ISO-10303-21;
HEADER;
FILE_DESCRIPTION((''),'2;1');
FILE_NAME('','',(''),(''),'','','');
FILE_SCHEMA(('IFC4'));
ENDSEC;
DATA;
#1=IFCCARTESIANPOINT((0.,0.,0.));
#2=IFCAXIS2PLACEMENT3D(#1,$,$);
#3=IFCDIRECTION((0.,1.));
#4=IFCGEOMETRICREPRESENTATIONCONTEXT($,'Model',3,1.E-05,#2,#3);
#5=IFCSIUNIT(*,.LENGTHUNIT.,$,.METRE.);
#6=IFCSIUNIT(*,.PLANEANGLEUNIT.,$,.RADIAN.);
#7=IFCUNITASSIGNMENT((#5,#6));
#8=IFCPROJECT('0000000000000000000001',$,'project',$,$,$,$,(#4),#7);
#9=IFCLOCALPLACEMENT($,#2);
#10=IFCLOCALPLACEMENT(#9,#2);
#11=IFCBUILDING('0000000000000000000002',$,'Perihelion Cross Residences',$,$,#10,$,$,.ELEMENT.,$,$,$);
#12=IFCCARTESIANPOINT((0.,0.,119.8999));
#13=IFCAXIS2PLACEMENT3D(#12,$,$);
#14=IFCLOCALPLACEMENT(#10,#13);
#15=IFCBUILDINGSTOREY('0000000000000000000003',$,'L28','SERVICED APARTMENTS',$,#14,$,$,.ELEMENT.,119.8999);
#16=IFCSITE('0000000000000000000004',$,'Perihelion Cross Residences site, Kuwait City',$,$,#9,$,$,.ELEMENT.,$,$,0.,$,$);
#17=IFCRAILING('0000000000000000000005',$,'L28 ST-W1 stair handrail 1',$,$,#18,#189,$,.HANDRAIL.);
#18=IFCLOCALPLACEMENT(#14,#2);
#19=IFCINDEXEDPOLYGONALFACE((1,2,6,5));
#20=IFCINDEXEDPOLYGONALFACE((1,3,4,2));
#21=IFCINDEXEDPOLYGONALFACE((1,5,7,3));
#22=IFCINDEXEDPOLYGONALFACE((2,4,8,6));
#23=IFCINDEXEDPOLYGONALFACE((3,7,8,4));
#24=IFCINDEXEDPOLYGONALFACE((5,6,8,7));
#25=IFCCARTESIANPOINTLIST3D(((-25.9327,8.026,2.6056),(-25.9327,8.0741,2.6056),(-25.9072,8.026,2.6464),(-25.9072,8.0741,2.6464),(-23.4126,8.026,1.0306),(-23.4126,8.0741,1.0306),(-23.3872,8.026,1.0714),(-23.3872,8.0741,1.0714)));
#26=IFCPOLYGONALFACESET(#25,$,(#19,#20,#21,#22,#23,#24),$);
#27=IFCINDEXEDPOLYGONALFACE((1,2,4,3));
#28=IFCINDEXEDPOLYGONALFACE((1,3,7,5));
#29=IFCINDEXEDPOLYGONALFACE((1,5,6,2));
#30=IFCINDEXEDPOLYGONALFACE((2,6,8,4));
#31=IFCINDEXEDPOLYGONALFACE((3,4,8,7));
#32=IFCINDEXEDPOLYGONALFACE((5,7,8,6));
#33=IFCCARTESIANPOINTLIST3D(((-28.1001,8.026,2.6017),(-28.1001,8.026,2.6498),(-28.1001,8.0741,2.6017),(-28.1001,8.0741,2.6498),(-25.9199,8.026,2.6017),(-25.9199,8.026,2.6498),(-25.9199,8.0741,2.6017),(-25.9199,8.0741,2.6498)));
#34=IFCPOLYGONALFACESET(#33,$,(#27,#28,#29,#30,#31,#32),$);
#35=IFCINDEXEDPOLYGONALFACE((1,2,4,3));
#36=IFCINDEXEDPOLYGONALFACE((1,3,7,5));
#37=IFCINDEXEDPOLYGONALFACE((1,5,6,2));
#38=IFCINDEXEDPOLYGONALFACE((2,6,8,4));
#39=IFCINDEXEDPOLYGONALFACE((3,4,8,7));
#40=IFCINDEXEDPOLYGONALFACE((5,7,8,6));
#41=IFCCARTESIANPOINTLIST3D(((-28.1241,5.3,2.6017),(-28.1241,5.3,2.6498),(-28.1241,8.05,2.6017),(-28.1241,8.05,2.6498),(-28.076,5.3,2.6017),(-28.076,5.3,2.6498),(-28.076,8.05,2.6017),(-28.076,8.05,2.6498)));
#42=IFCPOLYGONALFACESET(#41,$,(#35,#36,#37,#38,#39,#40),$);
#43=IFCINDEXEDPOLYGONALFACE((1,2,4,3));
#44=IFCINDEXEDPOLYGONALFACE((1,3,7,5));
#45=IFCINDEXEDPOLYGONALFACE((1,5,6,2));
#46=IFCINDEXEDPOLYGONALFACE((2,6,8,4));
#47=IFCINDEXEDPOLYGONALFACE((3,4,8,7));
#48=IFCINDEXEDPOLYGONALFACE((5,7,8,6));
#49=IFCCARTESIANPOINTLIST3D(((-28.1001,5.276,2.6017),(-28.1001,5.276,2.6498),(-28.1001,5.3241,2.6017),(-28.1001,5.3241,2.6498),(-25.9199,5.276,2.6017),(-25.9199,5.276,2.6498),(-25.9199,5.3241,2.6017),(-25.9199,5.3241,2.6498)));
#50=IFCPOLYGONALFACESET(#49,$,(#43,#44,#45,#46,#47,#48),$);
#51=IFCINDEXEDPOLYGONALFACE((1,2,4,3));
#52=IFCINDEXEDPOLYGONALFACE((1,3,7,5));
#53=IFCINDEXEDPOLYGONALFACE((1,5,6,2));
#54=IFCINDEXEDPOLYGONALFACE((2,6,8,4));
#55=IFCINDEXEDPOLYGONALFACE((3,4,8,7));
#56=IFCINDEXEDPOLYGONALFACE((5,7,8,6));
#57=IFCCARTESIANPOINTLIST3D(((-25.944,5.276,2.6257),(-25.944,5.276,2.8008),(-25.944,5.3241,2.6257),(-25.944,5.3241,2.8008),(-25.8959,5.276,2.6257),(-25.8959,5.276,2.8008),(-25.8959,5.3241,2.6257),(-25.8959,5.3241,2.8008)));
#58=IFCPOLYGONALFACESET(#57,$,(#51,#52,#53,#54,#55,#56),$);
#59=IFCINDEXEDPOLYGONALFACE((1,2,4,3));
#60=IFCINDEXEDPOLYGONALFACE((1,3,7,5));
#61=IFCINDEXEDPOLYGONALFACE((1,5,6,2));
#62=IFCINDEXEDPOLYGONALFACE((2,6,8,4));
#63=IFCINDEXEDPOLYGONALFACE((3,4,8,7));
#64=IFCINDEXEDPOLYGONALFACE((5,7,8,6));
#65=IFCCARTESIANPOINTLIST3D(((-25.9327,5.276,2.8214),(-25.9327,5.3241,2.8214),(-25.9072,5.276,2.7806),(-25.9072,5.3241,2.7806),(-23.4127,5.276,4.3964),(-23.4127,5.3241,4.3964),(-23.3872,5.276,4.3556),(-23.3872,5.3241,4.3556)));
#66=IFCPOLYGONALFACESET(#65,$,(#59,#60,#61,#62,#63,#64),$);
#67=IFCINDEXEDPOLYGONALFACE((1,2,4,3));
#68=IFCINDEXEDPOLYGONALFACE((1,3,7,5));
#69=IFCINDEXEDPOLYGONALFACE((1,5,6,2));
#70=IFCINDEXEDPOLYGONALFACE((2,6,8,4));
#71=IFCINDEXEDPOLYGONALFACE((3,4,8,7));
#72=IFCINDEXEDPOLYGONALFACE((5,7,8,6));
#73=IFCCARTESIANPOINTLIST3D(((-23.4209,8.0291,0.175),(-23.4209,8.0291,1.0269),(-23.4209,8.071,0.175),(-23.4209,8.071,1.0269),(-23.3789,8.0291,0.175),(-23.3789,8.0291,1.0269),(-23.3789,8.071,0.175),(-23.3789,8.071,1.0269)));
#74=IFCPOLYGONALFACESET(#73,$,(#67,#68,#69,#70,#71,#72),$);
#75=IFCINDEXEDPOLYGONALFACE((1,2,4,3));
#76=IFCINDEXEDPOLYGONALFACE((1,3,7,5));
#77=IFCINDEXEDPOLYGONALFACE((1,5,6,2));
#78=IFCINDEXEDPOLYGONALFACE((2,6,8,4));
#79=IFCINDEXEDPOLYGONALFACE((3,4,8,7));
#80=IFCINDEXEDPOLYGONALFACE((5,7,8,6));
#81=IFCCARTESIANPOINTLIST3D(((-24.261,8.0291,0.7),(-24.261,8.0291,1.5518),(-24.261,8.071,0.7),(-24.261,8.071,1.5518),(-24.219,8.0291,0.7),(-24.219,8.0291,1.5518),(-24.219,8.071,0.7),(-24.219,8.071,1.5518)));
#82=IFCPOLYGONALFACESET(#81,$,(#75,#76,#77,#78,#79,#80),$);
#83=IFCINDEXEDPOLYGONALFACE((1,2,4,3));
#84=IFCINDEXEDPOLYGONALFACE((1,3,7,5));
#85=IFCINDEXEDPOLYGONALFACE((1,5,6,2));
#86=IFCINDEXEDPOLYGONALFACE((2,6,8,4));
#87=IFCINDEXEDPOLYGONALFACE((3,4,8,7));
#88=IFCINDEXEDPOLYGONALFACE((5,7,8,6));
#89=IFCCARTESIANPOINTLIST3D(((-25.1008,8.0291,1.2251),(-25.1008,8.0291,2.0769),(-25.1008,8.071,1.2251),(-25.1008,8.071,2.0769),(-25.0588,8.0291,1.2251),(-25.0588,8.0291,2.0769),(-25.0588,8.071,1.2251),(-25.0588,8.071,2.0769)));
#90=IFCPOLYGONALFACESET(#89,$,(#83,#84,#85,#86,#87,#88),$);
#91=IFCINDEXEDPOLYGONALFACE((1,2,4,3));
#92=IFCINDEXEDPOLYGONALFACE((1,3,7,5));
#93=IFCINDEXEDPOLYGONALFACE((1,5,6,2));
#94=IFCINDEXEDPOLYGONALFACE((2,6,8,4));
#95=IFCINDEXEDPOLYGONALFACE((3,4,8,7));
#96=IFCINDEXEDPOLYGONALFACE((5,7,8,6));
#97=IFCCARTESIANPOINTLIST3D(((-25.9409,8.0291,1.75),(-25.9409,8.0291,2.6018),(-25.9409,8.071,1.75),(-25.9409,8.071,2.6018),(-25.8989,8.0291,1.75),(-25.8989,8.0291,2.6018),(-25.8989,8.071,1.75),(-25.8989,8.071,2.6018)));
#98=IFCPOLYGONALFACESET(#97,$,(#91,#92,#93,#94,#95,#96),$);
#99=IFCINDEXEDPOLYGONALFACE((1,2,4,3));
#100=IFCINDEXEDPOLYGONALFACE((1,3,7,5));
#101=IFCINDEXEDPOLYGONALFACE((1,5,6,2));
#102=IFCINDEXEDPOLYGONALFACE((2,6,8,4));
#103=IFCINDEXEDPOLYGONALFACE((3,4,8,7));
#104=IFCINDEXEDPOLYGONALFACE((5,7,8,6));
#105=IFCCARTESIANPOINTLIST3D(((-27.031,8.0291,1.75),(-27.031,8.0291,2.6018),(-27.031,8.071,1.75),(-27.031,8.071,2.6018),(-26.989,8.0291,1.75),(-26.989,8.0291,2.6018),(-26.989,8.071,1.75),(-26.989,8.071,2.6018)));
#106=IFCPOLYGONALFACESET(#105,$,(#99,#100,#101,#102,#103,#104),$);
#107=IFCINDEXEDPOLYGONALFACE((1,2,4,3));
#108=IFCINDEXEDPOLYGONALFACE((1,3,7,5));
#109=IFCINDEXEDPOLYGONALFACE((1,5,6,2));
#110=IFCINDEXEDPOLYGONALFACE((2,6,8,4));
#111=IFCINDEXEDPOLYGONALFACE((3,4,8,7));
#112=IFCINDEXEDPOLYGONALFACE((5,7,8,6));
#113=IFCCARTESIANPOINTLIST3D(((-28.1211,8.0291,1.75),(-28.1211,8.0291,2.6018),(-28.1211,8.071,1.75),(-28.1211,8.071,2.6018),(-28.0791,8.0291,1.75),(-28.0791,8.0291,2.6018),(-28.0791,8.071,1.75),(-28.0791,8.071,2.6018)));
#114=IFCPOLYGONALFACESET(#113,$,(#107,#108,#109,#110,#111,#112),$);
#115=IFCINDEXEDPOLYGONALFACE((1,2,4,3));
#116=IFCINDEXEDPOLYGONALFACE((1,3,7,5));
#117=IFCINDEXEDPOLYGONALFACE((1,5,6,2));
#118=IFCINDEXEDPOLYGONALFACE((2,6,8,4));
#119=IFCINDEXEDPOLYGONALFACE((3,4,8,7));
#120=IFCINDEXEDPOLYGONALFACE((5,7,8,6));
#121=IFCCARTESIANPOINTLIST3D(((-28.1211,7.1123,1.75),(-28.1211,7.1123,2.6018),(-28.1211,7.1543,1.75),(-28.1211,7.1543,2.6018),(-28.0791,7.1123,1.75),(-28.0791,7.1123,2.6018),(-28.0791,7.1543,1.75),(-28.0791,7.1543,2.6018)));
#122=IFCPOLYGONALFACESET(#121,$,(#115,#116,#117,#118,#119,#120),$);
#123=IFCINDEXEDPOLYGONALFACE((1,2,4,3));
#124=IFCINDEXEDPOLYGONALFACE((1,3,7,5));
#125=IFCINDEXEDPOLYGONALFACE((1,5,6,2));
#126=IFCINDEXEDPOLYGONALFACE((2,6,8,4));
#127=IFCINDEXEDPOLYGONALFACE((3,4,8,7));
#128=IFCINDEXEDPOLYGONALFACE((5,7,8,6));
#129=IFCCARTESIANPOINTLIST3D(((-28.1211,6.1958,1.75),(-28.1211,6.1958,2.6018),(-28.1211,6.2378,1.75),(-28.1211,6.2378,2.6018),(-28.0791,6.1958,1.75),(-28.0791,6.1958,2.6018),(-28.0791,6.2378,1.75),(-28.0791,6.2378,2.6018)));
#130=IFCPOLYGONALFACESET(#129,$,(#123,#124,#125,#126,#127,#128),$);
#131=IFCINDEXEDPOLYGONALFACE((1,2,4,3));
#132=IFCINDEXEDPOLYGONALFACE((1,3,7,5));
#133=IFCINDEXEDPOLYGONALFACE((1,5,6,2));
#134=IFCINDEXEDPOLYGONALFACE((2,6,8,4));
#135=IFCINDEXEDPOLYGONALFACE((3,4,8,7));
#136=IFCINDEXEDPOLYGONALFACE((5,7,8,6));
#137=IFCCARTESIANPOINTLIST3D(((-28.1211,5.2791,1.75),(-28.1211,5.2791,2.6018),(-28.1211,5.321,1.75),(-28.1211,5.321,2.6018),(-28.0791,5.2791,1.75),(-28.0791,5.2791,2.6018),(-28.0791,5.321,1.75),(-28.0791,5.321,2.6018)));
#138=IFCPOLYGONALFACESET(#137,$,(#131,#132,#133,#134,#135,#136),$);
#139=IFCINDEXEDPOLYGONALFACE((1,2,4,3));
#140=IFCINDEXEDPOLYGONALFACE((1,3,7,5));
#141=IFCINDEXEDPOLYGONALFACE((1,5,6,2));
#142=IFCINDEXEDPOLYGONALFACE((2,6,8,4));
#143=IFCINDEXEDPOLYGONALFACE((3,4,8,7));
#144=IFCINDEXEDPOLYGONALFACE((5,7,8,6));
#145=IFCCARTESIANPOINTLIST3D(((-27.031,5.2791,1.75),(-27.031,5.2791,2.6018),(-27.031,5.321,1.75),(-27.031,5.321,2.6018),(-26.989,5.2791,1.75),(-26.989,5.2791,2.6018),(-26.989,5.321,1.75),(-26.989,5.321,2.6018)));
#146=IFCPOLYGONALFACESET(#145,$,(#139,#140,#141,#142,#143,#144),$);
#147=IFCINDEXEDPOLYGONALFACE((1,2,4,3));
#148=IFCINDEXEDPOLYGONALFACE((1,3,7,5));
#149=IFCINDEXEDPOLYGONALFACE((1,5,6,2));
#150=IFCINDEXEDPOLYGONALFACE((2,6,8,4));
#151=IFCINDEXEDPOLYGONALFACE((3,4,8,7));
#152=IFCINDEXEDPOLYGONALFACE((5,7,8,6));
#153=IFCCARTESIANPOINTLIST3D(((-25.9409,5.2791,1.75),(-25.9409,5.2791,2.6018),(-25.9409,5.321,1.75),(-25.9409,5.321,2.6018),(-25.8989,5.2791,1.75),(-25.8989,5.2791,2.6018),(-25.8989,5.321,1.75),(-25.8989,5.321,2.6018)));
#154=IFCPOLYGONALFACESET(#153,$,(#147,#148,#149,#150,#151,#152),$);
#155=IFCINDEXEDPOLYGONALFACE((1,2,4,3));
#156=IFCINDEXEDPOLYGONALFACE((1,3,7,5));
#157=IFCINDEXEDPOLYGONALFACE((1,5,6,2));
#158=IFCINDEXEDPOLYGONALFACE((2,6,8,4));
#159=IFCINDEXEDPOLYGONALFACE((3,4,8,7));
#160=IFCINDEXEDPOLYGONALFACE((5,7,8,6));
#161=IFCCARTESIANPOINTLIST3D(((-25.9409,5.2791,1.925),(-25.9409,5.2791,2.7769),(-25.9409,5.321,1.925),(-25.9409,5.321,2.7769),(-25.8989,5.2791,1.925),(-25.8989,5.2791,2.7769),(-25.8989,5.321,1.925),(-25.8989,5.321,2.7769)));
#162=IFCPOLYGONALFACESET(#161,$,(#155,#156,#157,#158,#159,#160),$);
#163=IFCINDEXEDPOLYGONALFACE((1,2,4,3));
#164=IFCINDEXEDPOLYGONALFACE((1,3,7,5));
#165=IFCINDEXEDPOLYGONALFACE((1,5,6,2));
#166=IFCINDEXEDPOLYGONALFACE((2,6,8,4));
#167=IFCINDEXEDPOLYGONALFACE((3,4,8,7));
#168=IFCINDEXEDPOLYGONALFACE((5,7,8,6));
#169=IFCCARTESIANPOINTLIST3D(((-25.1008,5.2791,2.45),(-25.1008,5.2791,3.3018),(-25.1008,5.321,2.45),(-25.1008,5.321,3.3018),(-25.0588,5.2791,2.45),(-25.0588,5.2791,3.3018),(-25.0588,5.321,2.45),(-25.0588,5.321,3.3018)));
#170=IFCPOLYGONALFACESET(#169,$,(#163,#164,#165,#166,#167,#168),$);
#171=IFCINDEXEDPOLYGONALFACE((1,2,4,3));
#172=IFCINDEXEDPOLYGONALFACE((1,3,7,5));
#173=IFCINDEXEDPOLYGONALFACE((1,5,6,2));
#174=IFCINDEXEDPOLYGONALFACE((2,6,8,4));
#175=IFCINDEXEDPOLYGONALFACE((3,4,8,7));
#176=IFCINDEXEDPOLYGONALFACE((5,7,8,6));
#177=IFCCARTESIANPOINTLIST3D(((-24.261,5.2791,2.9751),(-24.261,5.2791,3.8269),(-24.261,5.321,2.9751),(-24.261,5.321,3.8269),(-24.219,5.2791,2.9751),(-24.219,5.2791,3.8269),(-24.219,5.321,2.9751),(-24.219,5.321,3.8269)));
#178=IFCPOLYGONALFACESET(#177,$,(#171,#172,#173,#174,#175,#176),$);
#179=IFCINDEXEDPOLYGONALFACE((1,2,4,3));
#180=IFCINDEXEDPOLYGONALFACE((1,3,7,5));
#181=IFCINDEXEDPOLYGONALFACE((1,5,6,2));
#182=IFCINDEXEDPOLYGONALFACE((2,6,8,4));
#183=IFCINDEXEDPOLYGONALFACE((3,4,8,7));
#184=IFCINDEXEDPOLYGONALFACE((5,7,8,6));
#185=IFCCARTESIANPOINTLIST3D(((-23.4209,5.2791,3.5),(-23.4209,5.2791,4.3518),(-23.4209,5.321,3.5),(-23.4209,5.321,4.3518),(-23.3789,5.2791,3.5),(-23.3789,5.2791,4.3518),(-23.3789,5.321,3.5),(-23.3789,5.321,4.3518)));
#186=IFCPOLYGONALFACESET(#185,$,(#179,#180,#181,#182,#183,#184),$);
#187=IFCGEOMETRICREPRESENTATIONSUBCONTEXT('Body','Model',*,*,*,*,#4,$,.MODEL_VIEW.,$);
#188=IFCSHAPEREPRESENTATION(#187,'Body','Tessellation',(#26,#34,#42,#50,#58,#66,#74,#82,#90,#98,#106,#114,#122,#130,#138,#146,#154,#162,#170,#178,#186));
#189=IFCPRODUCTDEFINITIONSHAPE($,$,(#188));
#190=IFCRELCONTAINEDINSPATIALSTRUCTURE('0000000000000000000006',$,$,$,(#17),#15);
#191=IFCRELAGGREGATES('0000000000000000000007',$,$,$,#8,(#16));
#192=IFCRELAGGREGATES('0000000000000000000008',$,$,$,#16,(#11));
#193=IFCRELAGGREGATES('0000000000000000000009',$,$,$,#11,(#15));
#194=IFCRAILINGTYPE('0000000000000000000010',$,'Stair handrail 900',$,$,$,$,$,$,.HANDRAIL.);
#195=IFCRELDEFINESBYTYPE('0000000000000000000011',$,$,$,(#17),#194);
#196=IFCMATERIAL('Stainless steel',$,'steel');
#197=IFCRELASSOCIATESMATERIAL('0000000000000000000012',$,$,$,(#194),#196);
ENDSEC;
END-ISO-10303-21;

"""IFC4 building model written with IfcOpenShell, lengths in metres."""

from ifc_helpers import new_model, si_unit, direction, frame, origin, origin_2d, place, context, subcontext, project, spatial, rectangle, extrude, material, type_object, element, save


model = new_model("IFC4")

# Units and contexts
model_context = context("Model", 3, precision=1e-05, world=origin(), true_north=direction((0.0, 1.0)))
body_context = subcontext(model_context, "Body", "Model", "MODEL_VIEW")
ifc_project = project(units=[si_unit("LENGTHUNIT", "METRE"), si_unit("PLANEANGLEUNIT", "RADIAN")], contexts=[model_context])

# Site, building, storey
site_placement = place(None, origin())
site = spatial("IfcSite", under=ifc_project, at=site_placement, Name="Perihelion Cross Residences site, Kuwait City", CompositionType="ELEMENT", RefElevation=0.0)
building_placement = place(site_placement, origin())
building = spatial("IfcBuilding", under=site, at=building_placement, Name="Perihelion Cross Residences", CompositionType="ELEMENT")
storey_placement = place(building_placement, frame((0.0, 0.0, 119.8999)))
storey = spatial("IfcBuildingStorey", under=building, at=storey_placement, Name="L28", Description="SERVICED APARTMENTS", CompositionType="ELEMENT", Elevation=119.8999)

# Railing
ifc_material_1 = material(Name="Stainless steel", Category="steel")
railing_type_1 = type_object("IfcRailingType", Name="Stair handrail 900", PredefinedType="HANDRAIL", material=ifc_material_1)
railing_1_placement = place(storey_placement, frame((-23.3999, 8.05, 0.175)))
element("IfcRailing", 1, at=railing_1_placement, inside=storey, type_object=railing_type_1, Name="L28 ST-W1 stair handrail 1", PredefinedType="HANDRAIL", context=body_context, shape_type="SweptSolid", body=[
    extrude(rectangle(XDim=0.0481, YDim=0.0481, at=origin_2d()), frame((0.0, 0.0, 0.876), z_axis=(-0.848008, 0.0, 0.529984), x_axis=(0.0, -1.0, 0.0)), (0.0, 0.0, 1.0), 2.9717),
    extrude(rectangle(XDim=0.0481, YDim=0.0481, at=origin_2d()), frame((-2.52, 0.0, 2.4507), z_axis=(-1.0, 0.0, 0.0), x_axis=(0.0, -1.0, 0.0)), (0.0, 0.0, 1.0), 2.1802),
    extrude(rectangle(XDim=0.0481, YDim=0.0481, at=origin_2d()), frame((-4.7002, 0.0, 2.4507), z_axis=(0.0, -1.0, 0.0), x_axis=(1.0, 0.0, 0.0)), (0.0, 0.0, 1.0), 2.75),
    extrude(rectangle(XDim=0.0481, YDim=0.0481, at=origin_2d()), frame((-4.7002, -2.75, 2.4507), z_axis=(1.0, 0.0, 0.0), x_axis=(0.0, 1.0, 0.0)), (0.0, 0.0, 1.0), 2.1802),
    extrude(rectangle(XDim=0.0481, YDim=0.0481, at=origin_2d()), frame((-2.52, -2.75, 2.4507), z_axis=(0.0, 0.0, 1.0), x_axis=(1.0, 0.0, 0.0)), (0.0, 0.0, 1.0), 0.175),
    extrude(rectangle(XDim=0.0481, YDim=0.0481, at=origin_2d()), frame((-2.52, -2.75, 2.626), z_axis=(0.848008, 0.0, 0.529984), x_axis=(0.0, 1.0, 0.0)), (0.0, 0.0, 1.0), 2.9717),
    extrude(rectangle(XDim=0.042, YDim=0.042, at=origin_2d()), origin(), (0.0, 0.0, 1.0), 0.8518),
    extrude(rectangle(XDim=0.042, YDim=0.042, at=origin_2d()), frame((-0.8401, 0.0, 0.5249)), (0.0, 0.0, 1.0), 0.8518),
    extrude(rectangle(XDim=0.042, YDim=0.042, at=origin_2d()), frame((-1.6799, 0.0, 1.05)), (0.0, 0.0, 1.0), 0.8518),
    extrude(rectangle(XDim=0.042, YDim=0.042, at=origin_2d()), frame((-2.52, 0.0, 1.575)), (0.0, 0.0, 1.0), 0.8518),
    extrude(rectangle(XDim=0.042, YDim=0.042, at=origin_2d()), frame((-3.6101, 0.0, 1.575)), (0.0, 0.0, 1.0), 0.8518),
    extrude(rectangle(XDim=0.042, YDim=0.042, at=origin_2d()), frame((-4.7002, 0.0, 1.575)), (0.0, 0.0, 1.0), 0.8518),
    extrude(rectangle(XDim=0.042, YDim=0.042, at=origin_2d()), frame((-4.7002, -0.9167, 1.575)), (0.0, 0.0, 1.0), 0.8518),
    extrude(rectangle(XDim=0.042, YDim=0.042, at=origin_2d()), frame((-4.7002, -1.8333, 1.575)), (0.0, 0.0, 1.0), 0.8518),
    extrude(rectangle(XDim=0.042, YDim=0.042, at=origin_2d()), frame((-4.7002, -2.75, 1.575)), (0.0, 0.0, 1.0), 0.8518),
    extrude(rectangle(XDim=0.042, YDim=0.042, at=origin_2d()), frame((-3.6101, -2.75, 1.575)), (0.0, 0.0, 1.0), 0.8518),
    extrude(rectangle(XDim=0.042, YDim=0.042, at=origin_2d()), frame((-2.52, -2.75, 1.575)), (0.0, 0.0, 1.0), 0.8518),
    extrude(rectangle(XDim=0.042, YDim=0.042, at=origin_2d()), frame((-2.52, -2.75, 1.75)), (0.0, 0.0, 1.0), 0.8518),
    extrude(rectangle(XDim=0.042, YDim=0.042, at=origin_2d()), frame((-1.6799, -2.75, 2.2749)), (0.0, 0.0, 1.0), 0.8518),
    extrude(rectangle(XDim=0.042, YDim=0.042, at=origin_2d()), frame((-0.8401, -2.75, 2.8)), (0.0, 0.0, 1.0), 0.8518),
    extrude(rectangle(XDim=0.042, YDim=0.042, at=origin_2d()), frame((0.0, -2.75, 3.325)), (0.0, 0.0, 1.0), 0.8518),
])

save(model, "model.ifc")
